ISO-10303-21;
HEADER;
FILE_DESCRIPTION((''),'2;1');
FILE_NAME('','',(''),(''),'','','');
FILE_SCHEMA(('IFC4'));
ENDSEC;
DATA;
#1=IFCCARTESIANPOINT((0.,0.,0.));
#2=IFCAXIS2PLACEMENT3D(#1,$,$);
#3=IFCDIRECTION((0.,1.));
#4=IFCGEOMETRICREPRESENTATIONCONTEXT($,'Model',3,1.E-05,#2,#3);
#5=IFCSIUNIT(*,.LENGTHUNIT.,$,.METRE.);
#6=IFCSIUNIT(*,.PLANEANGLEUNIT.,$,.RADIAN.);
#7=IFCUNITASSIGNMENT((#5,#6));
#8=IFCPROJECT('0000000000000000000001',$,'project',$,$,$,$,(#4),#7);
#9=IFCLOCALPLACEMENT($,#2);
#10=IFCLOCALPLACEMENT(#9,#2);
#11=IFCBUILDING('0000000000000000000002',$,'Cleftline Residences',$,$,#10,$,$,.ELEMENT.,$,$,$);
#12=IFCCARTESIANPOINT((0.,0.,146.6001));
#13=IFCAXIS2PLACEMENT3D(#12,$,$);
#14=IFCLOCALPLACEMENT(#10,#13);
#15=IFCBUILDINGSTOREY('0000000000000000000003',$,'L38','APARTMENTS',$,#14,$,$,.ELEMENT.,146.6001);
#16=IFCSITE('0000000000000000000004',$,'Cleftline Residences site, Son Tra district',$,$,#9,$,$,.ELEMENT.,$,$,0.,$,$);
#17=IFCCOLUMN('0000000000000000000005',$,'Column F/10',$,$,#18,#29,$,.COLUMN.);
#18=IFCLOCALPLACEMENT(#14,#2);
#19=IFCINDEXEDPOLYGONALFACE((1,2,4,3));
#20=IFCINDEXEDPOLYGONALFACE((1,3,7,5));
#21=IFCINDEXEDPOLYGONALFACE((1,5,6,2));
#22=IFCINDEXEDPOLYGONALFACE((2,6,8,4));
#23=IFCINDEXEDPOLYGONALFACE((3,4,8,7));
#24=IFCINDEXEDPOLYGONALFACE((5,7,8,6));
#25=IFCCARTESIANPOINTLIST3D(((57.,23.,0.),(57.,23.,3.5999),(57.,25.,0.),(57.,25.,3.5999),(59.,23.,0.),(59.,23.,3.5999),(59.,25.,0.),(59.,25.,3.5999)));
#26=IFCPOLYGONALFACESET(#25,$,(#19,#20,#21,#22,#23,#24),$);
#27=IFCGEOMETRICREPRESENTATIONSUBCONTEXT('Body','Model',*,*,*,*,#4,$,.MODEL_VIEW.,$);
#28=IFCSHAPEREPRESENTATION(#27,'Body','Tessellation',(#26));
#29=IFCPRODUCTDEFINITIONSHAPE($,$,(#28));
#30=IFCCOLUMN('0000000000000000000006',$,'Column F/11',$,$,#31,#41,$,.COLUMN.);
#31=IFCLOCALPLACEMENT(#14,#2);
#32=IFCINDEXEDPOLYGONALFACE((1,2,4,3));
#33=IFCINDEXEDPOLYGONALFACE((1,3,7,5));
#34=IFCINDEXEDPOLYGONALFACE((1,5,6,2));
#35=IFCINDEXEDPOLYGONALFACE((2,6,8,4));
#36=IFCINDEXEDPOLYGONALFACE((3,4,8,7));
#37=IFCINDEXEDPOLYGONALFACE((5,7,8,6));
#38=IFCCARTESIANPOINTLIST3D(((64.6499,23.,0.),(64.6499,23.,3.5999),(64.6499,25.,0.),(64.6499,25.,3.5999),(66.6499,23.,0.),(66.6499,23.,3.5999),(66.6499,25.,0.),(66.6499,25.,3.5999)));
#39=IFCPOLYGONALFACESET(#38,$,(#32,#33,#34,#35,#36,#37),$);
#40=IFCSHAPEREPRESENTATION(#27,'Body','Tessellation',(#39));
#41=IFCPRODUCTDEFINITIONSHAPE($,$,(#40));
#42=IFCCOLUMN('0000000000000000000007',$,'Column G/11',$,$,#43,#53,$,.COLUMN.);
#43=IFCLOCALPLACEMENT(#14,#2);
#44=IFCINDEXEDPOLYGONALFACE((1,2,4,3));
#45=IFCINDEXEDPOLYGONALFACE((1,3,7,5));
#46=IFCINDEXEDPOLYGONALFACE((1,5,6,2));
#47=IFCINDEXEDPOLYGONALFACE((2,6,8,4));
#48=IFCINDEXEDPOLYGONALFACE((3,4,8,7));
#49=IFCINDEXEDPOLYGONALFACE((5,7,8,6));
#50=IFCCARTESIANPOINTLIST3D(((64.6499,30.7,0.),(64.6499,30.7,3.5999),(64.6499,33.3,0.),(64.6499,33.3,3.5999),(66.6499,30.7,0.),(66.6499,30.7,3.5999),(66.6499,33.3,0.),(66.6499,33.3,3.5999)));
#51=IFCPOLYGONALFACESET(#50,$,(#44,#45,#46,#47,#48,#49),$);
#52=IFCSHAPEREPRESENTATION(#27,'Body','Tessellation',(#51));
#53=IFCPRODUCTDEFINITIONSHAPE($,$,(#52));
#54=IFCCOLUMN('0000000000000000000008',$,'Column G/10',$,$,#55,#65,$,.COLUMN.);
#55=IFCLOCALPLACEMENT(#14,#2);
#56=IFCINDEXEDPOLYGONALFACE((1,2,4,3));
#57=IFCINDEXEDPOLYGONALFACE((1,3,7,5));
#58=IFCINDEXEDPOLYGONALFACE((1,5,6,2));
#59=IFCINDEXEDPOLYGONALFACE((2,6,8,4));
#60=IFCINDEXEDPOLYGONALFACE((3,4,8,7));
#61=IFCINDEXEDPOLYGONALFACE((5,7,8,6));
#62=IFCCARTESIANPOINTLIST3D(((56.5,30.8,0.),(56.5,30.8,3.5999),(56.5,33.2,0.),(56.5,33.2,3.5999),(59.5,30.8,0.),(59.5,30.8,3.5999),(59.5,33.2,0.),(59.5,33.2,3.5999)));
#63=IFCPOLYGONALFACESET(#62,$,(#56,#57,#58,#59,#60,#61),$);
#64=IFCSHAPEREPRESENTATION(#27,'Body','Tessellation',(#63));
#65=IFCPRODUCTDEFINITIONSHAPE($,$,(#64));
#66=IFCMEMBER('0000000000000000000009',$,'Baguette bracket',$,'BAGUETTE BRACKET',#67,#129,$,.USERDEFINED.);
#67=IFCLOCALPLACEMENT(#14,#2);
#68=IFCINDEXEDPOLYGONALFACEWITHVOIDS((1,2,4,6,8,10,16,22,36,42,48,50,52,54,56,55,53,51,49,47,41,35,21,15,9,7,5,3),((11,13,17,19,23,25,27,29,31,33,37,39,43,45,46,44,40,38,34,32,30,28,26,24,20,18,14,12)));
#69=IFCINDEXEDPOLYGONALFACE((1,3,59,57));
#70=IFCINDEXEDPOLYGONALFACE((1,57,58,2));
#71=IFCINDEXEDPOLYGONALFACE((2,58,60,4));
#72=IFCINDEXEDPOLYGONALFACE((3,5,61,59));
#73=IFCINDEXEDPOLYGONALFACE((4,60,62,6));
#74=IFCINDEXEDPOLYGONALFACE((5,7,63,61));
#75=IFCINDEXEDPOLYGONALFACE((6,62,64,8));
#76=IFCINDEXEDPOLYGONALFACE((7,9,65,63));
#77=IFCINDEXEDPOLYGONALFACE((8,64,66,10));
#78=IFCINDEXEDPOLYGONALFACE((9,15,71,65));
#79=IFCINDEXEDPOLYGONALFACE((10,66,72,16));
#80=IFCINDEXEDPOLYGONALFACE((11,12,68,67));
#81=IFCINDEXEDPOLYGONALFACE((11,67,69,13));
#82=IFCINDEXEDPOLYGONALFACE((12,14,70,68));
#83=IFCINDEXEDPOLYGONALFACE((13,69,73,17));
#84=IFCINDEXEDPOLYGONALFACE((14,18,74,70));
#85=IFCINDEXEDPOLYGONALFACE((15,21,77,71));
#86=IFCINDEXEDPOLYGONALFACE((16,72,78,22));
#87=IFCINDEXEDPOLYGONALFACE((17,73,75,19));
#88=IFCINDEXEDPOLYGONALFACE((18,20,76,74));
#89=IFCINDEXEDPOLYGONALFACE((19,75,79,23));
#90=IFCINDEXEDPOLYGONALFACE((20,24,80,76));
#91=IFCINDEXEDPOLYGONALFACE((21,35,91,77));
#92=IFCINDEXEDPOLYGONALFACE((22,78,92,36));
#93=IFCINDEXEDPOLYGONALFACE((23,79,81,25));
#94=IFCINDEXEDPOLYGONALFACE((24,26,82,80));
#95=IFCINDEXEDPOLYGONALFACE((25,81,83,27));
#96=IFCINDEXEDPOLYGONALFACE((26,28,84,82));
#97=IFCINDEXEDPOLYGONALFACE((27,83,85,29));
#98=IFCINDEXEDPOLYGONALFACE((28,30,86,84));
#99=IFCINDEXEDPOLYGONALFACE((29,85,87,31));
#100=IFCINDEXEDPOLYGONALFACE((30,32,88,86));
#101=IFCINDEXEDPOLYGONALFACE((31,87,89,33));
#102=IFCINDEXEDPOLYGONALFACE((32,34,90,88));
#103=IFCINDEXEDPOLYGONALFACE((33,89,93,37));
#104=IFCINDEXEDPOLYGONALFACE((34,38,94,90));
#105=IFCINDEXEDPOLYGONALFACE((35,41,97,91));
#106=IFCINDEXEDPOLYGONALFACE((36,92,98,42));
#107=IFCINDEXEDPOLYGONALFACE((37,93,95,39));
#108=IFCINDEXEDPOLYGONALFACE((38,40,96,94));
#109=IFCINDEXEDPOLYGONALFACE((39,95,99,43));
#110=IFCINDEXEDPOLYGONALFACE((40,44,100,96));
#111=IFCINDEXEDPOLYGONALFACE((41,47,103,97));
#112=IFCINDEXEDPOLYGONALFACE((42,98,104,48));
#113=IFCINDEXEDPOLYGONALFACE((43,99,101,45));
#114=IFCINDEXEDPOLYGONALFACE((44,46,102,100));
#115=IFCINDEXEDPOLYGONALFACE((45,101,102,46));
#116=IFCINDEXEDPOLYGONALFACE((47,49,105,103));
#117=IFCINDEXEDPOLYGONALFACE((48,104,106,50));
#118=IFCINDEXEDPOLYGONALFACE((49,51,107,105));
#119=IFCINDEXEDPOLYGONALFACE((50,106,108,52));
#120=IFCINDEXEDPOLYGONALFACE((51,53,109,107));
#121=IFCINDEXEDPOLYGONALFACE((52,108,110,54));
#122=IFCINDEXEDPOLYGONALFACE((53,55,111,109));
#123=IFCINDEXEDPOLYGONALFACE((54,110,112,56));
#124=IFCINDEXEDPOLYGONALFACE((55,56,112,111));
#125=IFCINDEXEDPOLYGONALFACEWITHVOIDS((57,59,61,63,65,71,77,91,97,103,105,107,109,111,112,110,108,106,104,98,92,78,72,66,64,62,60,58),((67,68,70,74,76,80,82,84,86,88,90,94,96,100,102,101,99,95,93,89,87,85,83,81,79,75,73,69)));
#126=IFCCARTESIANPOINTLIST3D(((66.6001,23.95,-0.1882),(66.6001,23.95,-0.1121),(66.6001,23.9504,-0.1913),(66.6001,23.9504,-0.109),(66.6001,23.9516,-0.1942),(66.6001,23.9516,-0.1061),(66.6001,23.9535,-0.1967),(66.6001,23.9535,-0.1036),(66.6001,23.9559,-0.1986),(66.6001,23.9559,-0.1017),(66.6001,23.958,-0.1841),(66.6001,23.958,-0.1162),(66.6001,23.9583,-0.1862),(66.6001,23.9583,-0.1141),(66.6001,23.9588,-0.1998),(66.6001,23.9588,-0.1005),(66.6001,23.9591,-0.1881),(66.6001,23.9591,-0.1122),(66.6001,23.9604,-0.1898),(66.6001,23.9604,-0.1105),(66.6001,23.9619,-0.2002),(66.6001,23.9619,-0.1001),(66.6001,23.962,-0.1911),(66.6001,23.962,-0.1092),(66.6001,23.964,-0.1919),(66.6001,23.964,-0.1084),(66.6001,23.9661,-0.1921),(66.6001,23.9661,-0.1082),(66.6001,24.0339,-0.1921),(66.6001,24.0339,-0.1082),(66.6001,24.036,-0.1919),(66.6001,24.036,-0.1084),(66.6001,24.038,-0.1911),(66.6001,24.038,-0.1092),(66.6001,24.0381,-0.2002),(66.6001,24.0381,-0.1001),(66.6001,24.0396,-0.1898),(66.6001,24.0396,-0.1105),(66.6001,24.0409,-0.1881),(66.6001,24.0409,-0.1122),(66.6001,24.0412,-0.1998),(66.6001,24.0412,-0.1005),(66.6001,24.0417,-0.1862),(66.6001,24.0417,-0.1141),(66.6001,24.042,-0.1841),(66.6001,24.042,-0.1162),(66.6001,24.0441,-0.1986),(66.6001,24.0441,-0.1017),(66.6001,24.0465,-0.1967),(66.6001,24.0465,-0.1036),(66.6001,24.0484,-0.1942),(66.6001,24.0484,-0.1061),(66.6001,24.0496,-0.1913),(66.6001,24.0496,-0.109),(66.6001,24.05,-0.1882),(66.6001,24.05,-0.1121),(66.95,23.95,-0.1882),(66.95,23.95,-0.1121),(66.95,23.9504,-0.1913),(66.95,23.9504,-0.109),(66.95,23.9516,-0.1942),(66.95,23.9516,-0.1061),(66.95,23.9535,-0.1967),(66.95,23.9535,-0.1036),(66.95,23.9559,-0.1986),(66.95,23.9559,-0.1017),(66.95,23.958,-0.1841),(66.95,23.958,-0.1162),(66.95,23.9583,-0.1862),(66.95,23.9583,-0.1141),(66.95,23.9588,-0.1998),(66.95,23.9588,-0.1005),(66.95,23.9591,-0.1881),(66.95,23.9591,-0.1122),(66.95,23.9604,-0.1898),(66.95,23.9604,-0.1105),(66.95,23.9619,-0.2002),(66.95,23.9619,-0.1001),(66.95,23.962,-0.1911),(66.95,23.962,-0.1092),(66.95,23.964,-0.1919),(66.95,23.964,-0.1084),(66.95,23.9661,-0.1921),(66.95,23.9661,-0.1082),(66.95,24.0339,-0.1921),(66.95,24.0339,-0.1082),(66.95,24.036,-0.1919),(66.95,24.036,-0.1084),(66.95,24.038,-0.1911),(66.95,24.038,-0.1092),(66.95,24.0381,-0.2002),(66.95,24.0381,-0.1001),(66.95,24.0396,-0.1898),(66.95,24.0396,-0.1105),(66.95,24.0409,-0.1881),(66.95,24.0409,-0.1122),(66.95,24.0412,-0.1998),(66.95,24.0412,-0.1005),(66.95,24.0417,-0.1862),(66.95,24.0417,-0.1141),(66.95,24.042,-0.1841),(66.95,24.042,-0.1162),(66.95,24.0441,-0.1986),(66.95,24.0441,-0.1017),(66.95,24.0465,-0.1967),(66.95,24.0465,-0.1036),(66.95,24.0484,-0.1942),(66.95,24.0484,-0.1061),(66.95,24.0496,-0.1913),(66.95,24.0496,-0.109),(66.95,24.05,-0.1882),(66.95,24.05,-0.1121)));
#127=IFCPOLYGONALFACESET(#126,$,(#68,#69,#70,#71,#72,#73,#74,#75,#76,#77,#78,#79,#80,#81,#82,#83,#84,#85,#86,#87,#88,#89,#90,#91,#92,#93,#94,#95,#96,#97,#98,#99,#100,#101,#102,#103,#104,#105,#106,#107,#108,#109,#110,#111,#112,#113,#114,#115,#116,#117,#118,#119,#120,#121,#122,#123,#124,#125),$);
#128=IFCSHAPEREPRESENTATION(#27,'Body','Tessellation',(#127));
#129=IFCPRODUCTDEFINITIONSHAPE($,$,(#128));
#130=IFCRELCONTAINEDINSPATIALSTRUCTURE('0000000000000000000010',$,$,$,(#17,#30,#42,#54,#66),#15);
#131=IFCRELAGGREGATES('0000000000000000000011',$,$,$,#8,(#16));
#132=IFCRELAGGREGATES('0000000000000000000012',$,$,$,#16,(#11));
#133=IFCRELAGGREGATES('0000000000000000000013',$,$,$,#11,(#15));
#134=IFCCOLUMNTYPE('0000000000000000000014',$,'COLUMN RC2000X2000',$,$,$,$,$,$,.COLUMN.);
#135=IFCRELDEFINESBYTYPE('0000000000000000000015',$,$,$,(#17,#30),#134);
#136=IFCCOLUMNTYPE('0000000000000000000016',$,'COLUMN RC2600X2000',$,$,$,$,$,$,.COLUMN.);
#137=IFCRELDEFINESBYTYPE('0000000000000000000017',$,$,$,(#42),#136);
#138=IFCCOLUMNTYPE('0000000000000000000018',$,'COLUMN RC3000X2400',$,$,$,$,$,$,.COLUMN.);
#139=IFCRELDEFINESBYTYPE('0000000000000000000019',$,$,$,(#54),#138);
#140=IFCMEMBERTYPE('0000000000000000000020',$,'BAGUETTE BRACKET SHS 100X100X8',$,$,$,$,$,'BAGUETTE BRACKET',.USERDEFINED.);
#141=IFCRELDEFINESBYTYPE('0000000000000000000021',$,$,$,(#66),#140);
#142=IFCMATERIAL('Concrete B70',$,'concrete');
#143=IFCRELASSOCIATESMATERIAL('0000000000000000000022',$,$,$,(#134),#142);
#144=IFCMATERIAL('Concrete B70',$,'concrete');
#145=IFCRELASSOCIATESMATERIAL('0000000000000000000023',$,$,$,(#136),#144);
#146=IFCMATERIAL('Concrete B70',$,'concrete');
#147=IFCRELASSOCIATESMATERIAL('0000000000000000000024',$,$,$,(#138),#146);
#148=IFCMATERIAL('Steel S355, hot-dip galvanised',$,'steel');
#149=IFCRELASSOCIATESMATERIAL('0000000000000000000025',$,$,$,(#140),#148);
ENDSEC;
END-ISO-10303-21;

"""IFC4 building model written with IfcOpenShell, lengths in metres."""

from ifc_helpers import new_model, si_unit, direction, frame, origin, origin_2d, place, context, subcontext, project, spatial, rectangle, hollow_rectangle, extrude, material, material_profile, profile_set, type_object, element, save


model = new_model("IFC4")

# Units and contexts
model_context = context("Model", 3, precision=1e-05, world=origin(), true_north=direction((0.0, 1.0)))
body_context = subcontext(model_context, "Body", "Model", "MODEL_VIEW")
ifc_project = project(units=[si_unit("LENGTHUNIT", "METRE"), si_unit("PLANEANGLEUNIT", "RADIAN")], contexts=[model_context])

# Site, building, storey
site_placement = place(None, origin())
site = spatial("IfcSite", under=ifc_project, at=site_placement, Name="Cleftline Residences site, Son Tra district", CompositionType="ELEMENT", RefElevation=0.0)
building_placement = place(site_placement, origin())
building = spatial("IfcBuilding", under=site, at=building_placement, Name="Cleftline Residences", CompositionType="ELEMENT")
storey_placement = place(building_placement, frame((0.0, 0.0, 146.6001)))
storey = spatial("IfcBuildingStorey", under=building, at=storey_placement, Name="L38", Description="APARTMENTS", CompositionType="ELEMENT", Elevation=146.6001)

# Columns
ifc_material_1 = material(Name="Concrete B70", Category="concrete")
ifc_material_profile_1 = material_profile(ifc_material_1, rectangle(XDim=2.0, YDim=2.0, at=origin_2d()))
ifc_profile_set_1 = profile_set([ifc_material_profile_1], Name="Concrete B70")
column_type_1 = type_object("IfcColumnType", Name="COLUMN RC2000X2000", PredefinedType="COLUMN", material=ifc_profile_set_1)
for number, where, z_axis, x_axis, name in (
    (1, (58.0, 24.0, 0.0), (0.0, 0.0, 1.0), (1.0, 0.0, 0.0), "Column F/10"),
    (2, (65.6499, 24.0, 0.0), (0.0, 0.0, 1.0), (1.0, 0.0, 0.0), "Column F/11"),
):
    element("IfcColumn", number, at=place(storey_placement, frame(where, z_axis=z_axis, x_axis=x_axis)), inside=storey, type_object=column_type_1, Name=name, PredefinedType="COLUMN", context=body_context, shape_type="SweptSolid", body=[
        extrude(rectangle(XDim=2.0, YDim=2.0, at=origin_2d()), origin(), (0.0, 0.0, 1.0), 3.5999),
    ])
ifc_material_2 = material(Name="Concrete B70", Category="concrete")
ifc_material_profile_2 = material_profile(ifc_material_2, rectangle(XDim=2.6001, YDim=2.0, at=origin_2d()))
ifc_profile_set_2 = profile_set([ifc_material_profile_2], Name="Concrete B70")
column_type_2 = type_object("IfcColumnType", Name="COLUMN RC2600X2000", PredefinedType="COLUMN", material=ifc_profile_set_2)
column_1_placement = place(storey_placement, frame((65.6499, 32.0, 0.0), z_axis=(0.0, 0.0, 1.0), x_axis=(0.0, 1.0, 0.0)))
element("IfcColumn", 3, at=column_1_placement, inside=storey, type_object=column_type_2, Name="Column G/11", PredefinedType="COLUMN", context=body_context, shape_type="SweptSolid", body=[
    extrude(rectangle(XDim=2.6001, YDim=2.0, at=origin_2d()), origin(), (0.0, 0.0, 1.0), 3.5999),
])
ifc_material_3 = material(Name="Concrete B70", Category="concrete")
ifc_material_profile_3 = material_profile(ifc_material_3, rectangle(XDim=3.0, YDim=2.3999, at=origin_2d()))
ifc_profile_set_3 = profile_set([ifc_material_profile_3], Name="Concrete B70")
column_type_3 = type_object("IfcColumnType", Name="COLUMN RC3000X2400", PredefinedType="COLUMN", material=ifc_profile_set_3)
column_2_placement = place(storey_placement, frame((58.0, 32.0, 0.0), z_axis=(0.0, 0.0, 1.0), x_axis=(1.0, 0.0, 0.0)))
element("IfcColumn", 4, at=column_2_placement, inside=storey, type_object=column_type_3, Name="Column G/10", PredefinedType="COLUMN", context=body_context, shape_type="SweptSolid", body=[
    extrude(rectangle(XDim=3.0, YDim=2.3999, at=origin_2d()), origin(), (0.0, 0.0, 1.0), 3.5999),
])

# Member
ifc_material_4 = material(Name="Steel S355, hot-dip galvanised", Category="steel")
ifc_material_profile_4 = material_profile(ifc_material_4, hollow_rectangle(XDim=0.1001, YDim=0.1001, WallThickness=0.0081, InnerFilletRadius=0.0081, OuterFilletRadius=0.012, at=origin_2d()))
ifc_profile_set_4 = profile_set([ifc_material_profile_4], Name="Steel S355, hot-dip galvanised")
member_type_1 = type_object("IfcMemberType", Name="BAGUETTE BRACKET SHS 100X100X8", ElementType="BAGUETTE BRACKET", PredefinedType="USERDEFINED", material=ifc_profile_set_4)
member_1_placement = place(storey_placement, frame((66.6001, 24.0, -0.1501), z_axis=(1.0, 0.0, 0.0), x_axis=(0.0, 1.0, 0.0)))
element("IfcMember", 5, at=member_1_placement, inside=storey, type_object=member_type_1, Name="Baguette bracket", ObjectType="BAGUETTE BRACKET", PredefinedType="USERDEFINED", context=body_context, shape_type="SweptSolid", body=[
    extrude(hollow_rectangle(XDim=0.1001, YDim=0.1001, WallThickness=0.0081, InnerFilletRadius=0.0081, OuterFilletRadius=0.012, at=origin_2d()), origin(), (0.0, 0.0, 1.0), 0.3499),
])

save(model, "model.ifc")
